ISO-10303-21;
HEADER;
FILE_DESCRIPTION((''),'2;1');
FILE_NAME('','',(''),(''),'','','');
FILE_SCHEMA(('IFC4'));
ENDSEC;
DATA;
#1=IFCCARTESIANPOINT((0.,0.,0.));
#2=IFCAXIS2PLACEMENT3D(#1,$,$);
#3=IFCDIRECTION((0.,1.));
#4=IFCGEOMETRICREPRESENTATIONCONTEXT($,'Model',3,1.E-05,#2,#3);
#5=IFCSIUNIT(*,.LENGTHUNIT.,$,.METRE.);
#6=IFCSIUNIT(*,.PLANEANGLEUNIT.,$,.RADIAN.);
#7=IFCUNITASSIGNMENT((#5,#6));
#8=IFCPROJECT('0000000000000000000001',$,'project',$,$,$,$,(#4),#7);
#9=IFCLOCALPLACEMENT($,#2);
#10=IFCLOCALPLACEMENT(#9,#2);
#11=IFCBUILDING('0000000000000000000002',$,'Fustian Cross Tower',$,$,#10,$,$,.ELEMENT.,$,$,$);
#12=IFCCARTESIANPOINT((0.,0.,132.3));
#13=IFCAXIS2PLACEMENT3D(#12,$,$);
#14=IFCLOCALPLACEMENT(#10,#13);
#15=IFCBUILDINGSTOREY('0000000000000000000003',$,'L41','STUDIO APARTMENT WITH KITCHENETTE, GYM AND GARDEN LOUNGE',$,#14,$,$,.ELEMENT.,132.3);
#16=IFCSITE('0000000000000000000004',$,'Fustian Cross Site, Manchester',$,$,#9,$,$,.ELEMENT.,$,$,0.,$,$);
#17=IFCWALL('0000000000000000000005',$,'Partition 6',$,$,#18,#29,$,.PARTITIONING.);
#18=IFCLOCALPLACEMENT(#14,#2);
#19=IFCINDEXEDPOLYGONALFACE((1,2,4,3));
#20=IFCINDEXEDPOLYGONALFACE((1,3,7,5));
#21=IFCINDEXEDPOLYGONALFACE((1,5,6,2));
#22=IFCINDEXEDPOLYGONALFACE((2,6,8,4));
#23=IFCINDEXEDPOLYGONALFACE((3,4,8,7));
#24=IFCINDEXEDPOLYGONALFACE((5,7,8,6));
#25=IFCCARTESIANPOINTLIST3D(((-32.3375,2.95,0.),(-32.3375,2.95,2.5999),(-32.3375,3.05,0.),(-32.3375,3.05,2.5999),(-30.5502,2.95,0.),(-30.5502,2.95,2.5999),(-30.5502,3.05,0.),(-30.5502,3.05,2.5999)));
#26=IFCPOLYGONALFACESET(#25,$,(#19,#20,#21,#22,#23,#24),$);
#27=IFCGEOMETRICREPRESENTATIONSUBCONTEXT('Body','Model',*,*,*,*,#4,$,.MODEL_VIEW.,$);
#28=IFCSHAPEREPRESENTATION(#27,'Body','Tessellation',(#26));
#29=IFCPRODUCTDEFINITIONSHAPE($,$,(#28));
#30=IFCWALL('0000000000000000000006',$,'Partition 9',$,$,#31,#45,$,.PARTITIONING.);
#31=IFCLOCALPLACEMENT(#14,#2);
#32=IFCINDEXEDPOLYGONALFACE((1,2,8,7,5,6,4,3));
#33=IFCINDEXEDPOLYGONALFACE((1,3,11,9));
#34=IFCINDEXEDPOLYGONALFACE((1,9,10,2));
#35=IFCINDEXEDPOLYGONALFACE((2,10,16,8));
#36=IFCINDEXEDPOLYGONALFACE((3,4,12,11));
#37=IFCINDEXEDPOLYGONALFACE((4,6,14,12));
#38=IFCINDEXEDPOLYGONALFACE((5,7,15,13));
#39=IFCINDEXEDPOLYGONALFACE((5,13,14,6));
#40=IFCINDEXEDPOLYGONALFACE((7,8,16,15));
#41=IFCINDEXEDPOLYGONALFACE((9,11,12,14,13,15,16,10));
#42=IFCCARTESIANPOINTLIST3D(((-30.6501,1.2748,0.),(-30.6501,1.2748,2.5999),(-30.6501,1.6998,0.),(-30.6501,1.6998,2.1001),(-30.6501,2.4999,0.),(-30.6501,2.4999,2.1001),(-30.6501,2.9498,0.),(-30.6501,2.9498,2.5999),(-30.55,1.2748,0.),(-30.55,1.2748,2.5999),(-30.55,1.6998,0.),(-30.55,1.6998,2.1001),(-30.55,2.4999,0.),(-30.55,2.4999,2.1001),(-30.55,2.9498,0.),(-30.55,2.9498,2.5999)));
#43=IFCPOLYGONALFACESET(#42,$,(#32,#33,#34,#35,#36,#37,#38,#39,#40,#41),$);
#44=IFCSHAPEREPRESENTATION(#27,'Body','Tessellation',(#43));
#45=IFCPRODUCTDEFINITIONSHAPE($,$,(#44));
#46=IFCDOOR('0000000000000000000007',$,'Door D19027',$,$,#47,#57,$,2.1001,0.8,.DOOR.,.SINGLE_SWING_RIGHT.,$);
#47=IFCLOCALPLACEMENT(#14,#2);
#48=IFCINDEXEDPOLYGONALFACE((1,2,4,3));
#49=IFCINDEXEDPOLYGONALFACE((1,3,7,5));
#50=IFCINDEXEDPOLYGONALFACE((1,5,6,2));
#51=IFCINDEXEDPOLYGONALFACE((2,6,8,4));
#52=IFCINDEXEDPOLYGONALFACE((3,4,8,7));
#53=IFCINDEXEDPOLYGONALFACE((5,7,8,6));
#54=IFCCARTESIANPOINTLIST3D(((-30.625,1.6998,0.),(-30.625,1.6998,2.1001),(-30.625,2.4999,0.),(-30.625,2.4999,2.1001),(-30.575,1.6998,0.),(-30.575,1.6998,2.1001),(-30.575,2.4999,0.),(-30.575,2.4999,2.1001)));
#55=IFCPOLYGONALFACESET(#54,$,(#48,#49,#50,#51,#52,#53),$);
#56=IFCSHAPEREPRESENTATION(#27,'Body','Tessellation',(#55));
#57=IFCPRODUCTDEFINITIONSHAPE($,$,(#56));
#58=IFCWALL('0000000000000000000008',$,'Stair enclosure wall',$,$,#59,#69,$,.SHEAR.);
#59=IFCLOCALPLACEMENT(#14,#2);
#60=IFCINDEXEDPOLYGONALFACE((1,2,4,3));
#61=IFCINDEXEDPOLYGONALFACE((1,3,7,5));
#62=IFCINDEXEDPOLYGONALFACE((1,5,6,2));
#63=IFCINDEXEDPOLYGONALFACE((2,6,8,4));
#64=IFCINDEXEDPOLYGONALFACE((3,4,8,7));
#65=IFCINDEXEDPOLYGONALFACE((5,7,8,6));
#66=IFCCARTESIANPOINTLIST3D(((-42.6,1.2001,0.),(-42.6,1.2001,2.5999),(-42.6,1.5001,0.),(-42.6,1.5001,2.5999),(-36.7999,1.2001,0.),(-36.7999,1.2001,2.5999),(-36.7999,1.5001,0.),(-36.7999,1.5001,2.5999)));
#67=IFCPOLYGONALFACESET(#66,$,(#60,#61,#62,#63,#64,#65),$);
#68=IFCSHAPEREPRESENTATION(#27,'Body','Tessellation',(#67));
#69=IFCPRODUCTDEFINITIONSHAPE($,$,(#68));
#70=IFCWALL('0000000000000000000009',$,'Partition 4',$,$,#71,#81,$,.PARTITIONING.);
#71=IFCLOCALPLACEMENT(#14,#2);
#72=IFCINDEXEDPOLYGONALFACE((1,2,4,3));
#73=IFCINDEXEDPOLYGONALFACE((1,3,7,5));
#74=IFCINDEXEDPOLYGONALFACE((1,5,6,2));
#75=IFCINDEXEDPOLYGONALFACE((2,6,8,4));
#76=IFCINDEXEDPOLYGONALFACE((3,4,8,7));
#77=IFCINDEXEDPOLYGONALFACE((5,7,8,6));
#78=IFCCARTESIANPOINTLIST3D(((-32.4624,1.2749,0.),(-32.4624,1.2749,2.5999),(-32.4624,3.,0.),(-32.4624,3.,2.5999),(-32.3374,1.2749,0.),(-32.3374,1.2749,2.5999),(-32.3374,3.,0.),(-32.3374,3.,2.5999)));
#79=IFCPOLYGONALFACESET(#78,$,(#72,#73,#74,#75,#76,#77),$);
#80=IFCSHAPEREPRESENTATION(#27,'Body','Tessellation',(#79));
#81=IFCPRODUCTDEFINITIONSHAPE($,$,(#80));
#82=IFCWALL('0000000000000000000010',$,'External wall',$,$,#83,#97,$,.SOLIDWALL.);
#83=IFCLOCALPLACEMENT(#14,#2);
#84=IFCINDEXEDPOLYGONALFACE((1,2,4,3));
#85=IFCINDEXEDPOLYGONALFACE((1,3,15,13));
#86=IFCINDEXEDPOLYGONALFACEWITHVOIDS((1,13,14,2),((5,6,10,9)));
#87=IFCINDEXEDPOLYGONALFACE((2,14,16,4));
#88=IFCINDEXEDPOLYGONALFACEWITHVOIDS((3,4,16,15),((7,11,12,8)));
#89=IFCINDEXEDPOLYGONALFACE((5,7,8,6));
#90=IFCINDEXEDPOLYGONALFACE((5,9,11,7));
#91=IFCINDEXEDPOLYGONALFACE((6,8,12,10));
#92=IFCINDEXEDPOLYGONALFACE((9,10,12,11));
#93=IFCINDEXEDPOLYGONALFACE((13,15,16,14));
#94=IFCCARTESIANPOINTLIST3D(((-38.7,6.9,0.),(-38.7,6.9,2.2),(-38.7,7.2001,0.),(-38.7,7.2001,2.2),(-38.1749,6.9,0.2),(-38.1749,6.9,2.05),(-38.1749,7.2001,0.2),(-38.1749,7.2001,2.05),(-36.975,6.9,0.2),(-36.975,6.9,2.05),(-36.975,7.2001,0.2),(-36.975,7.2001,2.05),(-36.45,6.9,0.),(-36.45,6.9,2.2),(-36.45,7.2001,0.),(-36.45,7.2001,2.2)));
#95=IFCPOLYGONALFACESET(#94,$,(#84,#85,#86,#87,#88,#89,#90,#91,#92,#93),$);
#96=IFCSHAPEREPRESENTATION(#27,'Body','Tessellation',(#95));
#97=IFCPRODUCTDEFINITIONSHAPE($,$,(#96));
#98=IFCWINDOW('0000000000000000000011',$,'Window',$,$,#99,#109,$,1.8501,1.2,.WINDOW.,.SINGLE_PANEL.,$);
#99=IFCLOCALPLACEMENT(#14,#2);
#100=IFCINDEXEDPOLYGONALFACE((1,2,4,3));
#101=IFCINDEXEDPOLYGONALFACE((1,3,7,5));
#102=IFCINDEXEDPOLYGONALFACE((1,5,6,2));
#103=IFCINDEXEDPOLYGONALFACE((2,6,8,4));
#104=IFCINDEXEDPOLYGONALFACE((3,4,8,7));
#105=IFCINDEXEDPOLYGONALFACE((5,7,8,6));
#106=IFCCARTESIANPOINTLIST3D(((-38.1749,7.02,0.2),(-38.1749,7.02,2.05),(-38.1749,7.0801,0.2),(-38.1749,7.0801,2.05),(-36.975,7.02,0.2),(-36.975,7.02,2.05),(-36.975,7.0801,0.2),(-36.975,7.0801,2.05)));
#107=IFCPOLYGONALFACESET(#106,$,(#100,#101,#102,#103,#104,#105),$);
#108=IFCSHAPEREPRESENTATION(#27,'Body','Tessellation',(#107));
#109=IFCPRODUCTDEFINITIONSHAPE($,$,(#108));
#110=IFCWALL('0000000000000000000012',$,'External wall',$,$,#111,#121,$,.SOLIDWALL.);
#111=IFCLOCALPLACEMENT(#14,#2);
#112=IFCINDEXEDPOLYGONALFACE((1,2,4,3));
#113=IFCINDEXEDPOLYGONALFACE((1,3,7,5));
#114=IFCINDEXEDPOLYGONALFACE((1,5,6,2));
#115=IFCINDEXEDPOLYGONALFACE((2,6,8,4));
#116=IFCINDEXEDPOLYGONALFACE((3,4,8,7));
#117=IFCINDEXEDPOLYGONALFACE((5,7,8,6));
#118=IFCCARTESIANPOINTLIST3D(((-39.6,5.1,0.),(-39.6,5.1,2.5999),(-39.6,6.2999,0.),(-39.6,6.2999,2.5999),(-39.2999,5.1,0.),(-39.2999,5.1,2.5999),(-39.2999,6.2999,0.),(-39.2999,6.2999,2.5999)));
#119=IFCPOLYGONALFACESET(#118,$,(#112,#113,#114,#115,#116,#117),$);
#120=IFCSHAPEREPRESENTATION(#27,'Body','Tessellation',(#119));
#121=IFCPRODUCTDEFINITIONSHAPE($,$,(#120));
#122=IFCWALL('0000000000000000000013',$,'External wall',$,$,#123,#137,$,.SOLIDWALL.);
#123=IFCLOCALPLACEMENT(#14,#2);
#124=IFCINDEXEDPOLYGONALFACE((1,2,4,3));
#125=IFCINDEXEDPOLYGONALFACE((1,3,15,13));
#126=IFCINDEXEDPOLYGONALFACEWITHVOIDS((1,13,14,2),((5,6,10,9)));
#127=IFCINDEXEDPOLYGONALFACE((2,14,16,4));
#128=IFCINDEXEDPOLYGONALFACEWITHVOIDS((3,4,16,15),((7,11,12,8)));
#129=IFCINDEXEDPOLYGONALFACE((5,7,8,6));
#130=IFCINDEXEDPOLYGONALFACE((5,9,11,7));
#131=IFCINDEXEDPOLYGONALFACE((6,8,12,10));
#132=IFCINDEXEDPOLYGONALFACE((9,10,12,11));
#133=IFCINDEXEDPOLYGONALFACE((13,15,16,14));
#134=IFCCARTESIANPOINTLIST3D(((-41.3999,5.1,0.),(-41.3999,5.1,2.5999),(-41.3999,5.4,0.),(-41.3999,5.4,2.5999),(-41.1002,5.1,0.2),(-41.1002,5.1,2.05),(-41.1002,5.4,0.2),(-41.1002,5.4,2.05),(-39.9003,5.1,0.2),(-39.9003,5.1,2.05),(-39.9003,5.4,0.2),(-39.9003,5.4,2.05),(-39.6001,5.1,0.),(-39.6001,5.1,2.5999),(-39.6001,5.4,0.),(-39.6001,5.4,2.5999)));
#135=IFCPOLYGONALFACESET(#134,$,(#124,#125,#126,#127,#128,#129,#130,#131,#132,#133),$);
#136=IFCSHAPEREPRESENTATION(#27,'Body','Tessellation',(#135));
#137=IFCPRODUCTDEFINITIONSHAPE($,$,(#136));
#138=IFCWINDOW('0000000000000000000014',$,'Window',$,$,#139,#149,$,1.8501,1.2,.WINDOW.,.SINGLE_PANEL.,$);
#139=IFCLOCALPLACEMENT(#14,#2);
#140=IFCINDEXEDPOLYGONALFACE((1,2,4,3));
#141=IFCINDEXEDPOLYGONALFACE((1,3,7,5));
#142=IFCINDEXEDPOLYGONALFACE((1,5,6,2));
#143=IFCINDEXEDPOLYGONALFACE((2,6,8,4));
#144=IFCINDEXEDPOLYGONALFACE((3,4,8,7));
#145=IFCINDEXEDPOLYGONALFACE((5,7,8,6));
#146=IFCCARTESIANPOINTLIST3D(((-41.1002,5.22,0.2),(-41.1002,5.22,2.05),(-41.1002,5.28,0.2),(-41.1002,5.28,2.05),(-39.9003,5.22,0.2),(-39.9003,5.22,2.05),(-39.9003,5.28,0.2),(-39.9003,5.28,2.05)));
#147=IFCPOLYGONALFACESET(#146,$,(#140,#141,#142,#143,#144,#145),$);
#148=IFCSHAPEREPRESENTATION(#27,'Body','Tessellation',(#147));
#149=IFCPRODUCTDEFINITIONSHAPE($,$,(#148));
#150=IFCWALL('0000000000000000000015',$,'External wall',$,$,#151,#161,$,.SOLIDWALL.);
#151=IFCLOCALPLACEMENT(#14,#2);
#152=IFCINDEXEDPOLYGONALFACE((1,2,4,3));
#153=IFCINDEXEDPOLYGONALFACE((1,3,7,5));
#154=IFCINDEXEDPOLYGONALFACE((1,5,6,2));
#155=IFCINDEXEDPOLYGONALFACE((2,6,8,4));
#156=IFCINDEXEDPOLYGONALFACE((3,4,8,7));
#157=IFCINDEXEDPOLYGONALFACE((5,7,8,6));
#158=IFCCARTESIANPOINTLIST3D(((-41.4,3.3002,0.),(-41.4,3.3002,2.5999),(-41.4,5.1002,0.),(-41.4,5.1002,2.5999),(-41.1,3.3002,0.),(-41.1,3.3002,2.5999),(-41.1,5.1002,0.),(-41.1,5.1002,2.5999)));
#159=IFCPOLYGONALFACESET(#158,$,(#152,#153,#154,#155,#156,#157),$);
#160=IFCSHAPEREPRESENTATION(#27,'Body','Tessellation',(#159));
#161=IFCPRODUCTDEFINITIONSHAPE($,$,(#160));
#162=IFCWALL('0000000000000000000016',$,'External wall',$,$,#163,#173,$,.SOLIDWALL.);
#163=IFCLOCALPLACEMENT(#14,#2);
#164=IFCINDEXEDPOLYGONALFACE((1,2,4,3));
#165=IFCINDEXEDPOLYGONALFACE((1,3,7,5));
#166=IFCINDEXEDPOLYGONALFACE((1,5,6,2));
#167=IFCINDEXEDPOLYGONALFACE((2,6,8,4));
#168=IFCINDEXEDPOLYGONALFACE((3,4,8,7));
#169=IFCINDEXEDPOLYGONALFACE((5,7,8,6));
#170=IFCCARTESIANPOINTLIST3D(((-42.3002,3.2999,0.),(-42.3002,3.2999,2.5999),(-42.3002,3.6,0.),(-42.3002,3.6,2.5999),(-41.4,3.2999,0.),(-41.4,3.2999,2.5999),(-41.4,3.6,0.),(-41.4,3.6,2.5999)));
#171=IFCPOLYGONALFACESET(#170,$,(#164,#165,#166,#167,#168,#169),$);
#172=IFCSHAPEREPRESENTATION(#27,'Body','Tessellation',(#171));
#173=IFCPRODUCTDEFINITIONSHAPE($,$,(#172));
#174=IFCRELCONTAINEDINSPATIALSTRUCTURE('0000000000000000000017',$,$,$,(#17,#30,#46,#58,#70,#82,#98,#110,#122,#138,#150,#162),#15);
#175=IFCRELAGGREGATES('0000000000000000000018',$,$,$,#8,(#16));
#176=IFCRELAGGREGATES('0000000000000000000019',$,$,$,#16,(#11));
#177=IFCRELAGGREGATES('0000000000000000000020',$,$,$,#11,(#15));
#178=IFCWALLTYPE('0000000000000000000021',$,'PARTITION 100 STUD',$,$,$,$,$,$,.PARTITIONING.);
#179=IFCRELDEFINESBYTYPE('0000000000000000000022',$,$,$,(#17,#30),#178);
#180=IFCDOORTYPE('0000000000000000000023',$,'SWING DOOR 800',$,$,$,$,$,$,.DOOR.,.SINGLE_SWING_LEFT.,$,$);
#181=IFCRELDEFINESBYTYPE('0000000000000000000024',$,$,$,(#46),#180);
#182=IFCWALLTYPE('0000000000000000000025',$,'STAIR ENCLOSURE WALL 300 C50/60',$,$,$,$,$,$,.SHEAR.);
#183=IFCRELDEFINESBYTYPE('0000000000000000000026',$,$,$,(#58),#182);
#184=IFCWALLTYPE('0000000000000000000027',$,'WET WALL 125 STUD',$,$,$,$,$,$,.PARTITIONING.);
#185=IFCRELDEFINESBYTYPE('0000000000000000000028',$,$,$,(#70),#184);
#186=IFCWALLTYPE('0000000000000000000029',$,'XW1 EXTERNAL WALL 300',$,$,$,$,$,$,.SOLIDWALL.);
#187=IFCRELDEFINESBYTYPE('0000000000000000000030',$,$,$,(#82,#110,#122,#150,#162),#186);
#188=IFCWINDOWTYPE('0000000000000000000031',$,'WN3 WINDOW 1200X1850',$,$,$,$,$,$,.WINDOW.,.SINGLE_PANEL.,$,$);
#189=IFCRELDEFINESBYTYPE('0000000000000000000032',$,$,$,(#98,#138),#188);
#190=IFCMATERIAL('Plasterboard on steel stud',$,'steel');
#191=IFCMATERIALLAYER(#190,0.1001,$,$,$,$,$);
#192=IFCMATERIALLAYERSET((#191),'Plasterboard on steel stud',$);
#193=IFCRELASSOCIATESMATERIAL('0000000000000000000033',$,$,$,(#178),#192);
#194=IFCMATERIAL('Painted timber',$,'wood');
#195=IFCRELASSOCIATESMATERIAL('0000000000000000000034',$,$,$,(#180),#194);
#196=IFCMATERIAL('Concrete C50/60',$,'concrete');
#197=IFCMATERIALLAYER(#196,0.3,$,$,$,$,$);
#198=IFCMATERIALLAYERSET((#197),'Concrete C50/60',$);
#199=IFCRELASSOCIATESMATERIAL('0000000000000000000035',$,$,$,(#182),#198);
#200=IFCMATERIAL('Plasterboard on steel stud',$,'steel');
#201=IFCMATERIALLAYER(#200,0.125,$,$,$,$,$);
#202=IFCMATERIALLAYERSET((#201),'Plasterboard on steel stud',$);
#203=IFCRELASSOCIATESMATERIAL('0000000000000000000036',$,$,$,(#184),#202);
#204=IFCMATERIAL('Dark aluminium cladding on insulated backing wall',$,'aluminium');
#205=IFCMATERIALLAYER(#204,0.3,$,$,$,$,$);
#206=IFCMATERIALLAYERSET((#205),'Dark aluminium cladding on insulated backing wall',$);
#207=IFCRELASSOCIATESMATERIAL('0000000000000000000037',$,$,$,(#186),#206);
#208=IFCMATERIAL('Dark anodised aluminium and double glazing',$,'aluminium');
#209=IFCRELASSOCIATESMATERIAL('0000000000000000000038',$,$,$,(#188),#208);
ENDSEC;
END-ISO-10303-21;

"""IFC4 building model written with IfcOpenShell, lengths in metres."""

from ifc_helpers import new_model, si_unit, direction, frame, frame_2d, origin, place, context, subcontext, project, spatial, rectangle, extrude, material, layer, layer_set, type_object, element, fill, save


model = new_model("IFC4")

# Units and contexts
model_context = context("Model", 3, precision=1e-05, world=origin(), true_north=direction((0.0, 1.0)))
body_context = subcontext(model_context, "Body", "Model", "MODEL_VIEW")
ifc_project = project(units=[si_unit("LENGTHUNIT", "METRE"), si_unit("PLANEANGLEUNIT", "RADIAN")], contexts=[model_context])

# Site, building, storey
site_placement = place(None, origin())
site = spatial("IfcSite", under=ifc_project, at=site_placement, Name="Fustian Cross Site, Manchester", CompositionType="ELEMENT", RefElevation=0.0)
building_placement = place(site_placement, origin())
building = spatial("IfcBuilding", under=site, at=building_placement, Name="Fustian Cross Tower", CompositionType="ELEMENT")
storey_placement = place(building_placement, frame((0.0, 0.0, 132.3)))
storey = spatial("IfcBuildingStorey", under=building, at=storey_placement, Name="L41", Description="STUDIO APARTMENT WITH KITCHENETTE, GYM AND GARDEN LOUNGE", CompositionType="ELEMENT", Elevation=132.3)

# Wall
ifc_material_1 = material(Name="Plasterboard on steel stud", Category="steel")
ifc_layer_1 = layer(ifc_material_1, 0.1001)
ifc_layer_set_1 = layer_set([ifc_layer_1], Name="Plasterboard on steel stud")
wall_type_1 = type_object("IfcWallType", Name="PARTITION 100 STUD", PredefinedType="PARTITIONING", material=ifc_layer_set_1)
wall_1_placement = place(storey_placement, frame((-32.3374, 3.0, 0.0), z_axis=(0.0, 0.0, 1.0), x_axis=(1.0, 0.0, 0.0)))
element("IfcWall", 1, at=wall_1_placement, inside=storey, type_object=wall_type_1, Name="Partition 6", PredefinedType="PARTITIONING", context=body_context, shape_type="SweptSolid", body=[
    extrude(rectangle(XDim=1.7874, YDim=0.1001, at=frame_2d((0.8936, 0.0))), origin(), (0.0, 0.0, 1.0), 2.5999),
])

# Wall, opening, door
wall_2_placement = place(storey_placement, frame((-30.6001, 1.2749, 0.0), z_axis=(0.0, 0.0, 1.0), x_axis=(0.0, 1.0, 0.0)))
wall_2 = element("IfcWall", 2, at=wall_2_placement, inside=storey, type_object=wall_type_1, Name="Partition 9", PredefinedType="PARTITIONING", context=body_context, shape_type="SweptSolid", body=[
    extrude(rectangle(XDim=1.675, YDim=0.1001, at=frame_2d((0.8374, 0.0))), origin(), (0.0, 0.0, 1.0), 2.5999),
])
opening_1_placement = place(wall_2_placement, frame((0.425, 0.0, 0.0)))
opening_1 = element("IfcOpeningElement", 3, at=opening_1_placement, cuts=wall_2, PredefinedType="OPENING", context=body_context, shape_type="SweptSolid", body=[
    extrude(rectangle(XDim=0.8, YDim=2.1001, at=frame_2d((0.3999, 1.05))), frame((0.0, 0.0601, 0.0), z_axis=(0.0, -1.0, 0.0), x_axis=(1.0, 0.0, 0.0)), (0.0, 0.0, 1.0), 0.1201),
])
ifc_material_2 = material(Name="Painted timber", Category="wood")
door_type_1 = type_object("IfcDoorType", Name="SWING DOOR 800", OperationType="SINGLE_SWING_LEFT", PredefinedType="DOOR", material=ifc_material_2)
door_1_placement = place(opening_1_placement, origin())
door_1 = element("IfcDoor", 4, at=door_1_placement, inside=storey, type_object=door_type_1, Name="Door D19027", OperationType="SINGLE_SWING_RIGHT", OverallHeight=2.1001, OverallWidth=0.8, PredefinedType="DOOR", context=body_context, shape_type="SweptSolid", body=[
    extrude(rectangle(XDim=0.8, YDim=2.1001, at=frame_2d((0.3999, 1.05))), frame((0.0, 0.0249, 0.0), z_axis=(0.0, -1.0, 0.0), x_axis=(1.0, 0.0, 0.0)), (0.0, 0.0, 1.0), 0.05),
])
fill(opening_1, door_1)

# Walls
ifc_material_3 = material(Name="Concrete C50/60", Category="concrete")
ifc_layer_2 = layer(ifc_material_3, 0.3)
ifc_layer_set_2 = layer_set([ifc_layer_2], Name="Concrete C50/60")
wall_type_2 = type_object("IfcWallType", Name="STAIR ENCLOSURE WALL 300 C50/60", PredefinedType="SHEAR", material=ifc_layer_set_2)
wall_3_placement = place(storey_placement, frame((-36.8, 1.3501, 0.0), z_axis=(0.0, 0.0, 1.0), x_axis=(-1.0, 0.0, 0.0)))
element("IfcWall", 5, at=wall_3_placement, inside=storey, type_object=wall_type_2, Name="Stair enclosure wall", PredefinedType="SHEAR", context=body_context, shape_type="SweptSolid", body=[
    extrude(rectangle(XDim=5.8, YDim=0.3, at=frame_2d((2.8999, 0.0))), origin(), (0.0, 0.0, 1.0), 2.5999),
])
ifc_material_4 = material(Name="Plasterboard on steel stud", Category="steel")
ifc_layer_3 = layer(ifc_material_4, 0.125)
ifc_layer_set_3 = layer_set([ifc_layer_3], Name="Plasterboard on steel stud")
wall_type_3 = type_object("IfcWallType", Name="WET WALL 125 STUD", PredefinedType="PARTITIONING", material=ifc_layer_set_3)
wall_4_placement = place(storey_placement, frame((-32.3999, 1.2749, 0.0), z_axis=(0.0, 0.0, 1.0), x_axis=(0.0, 1.0, 0.0)))
element("IfcWall", 6, at=wall_4_placement, inside=storey, type_object=wall_type_3, Name="Partition 4", PredefinedType="PARTITIONING", context=body_context, shape_type="SweptSolid", body=[
    extrude(rectangle(XDim=1.7251, YDim=0.125, at=frame_2d((0.8625, 0.0))), origin(), (0.0, 0.0, 1.0), 2.5999),
])

# Wall, opening, window
ifc_material_5 = material(Name="Dark aluminium cladding on insulated backing wall", Category="aluminium")
ifc_layer_4 = layer(ifc_material_5, 0.3)
ifc_layer_set_4 = layer_set([ifc_layer_4], Name="Dark aluminium cladding on insulated backing wall")
wall_type_4 = type_object("IfcWallType", Name="XW1 EXTERNAL WALL 300", PredefinedType="SOLIDWALL", material=ifc_layer_set_4)
wall_5_placement = place(storey_placement, frame((-36.45, 7.05, 0.0), z_axis=(0.0, 0.0, 1.0), x_axis=(-1.0, 0.0, 0.0)))
wall_5 = element("IfcWall", 7, at=wall_5_placement, inside=storey, type_object=wall_type_4, Name="External wall", PredefinedType="SOLIDWALL", context=body_context, shape_type="SweptSolid", body=[
    extrude(rectangle(XDim=2.25, YDim=0.3, at=frame_2d((1.125, 0.0))), origin(), (0.0, 0.0, 1.0), 2.2),
])
opening_2_placement = place(wall_5_placement, frame((0.5249, 0.0, 0.2)))
opening_2 = element("IfcOpeningElement", 8, at=opening_2_placement, cuts=wall_5, PredefinedType="OPENING", context=body_context, shape_type="SweptSolid", body=[
    extrude(rectangle(XDim=1.2, YDim=1.8501, at=frame_2d((0.6001, 0.925))), frame((0.0, 0.1599, 0.0), z_axis=(0.0, -1.0, 0.0), x_axis=(1.0, 0.0, 0.0)), (0.0, 0.0, 1.0), 0.3201),
])
ifc_material_6 = material(Name="Dark anodised aluminium and double glazing", Category="aluminium")
window_type_1 = type_object("IfcWindowType", Name="WN3 WINDOW 1200X1850", PartitioningType="SINGLE_PANEL", PredefinedType="WINDOW", material=ifc_material_6)
window_1_placement = place(opening_2_placement, origin())
window_1 = element("IfcWindow", 9, at=window_1_placement, inside=storey, type_object=window_type_1, Name="Window", OverallHeight=1.8501, OverallWidth=1.2, PartitioningType="SINGLE_PANEL", PredefinedType="WINDOW", context=body_context, shape_type="SweptSolid", body=[
    extrude(rectangle(XDim=1.2, YDim=1.8501, at=frame_2d((0.6001, 0.925))), frame((0.0, 0.03, 0.0), z_axis=(0.0, -1.0, 0.0), x_axis=(1.0, 0.0, 0.0)), (0.0, 0.0, 1.0), 0.0601),
])
fill(opening_2, window_1)

# Wall
wall_6_placement = place(storey_placement, frame((-39.45, 6.3, 0.0), z_axis=(0.0, 0.0, 1.0), x_axis=(0.0, -1.0, 0.0)))
element("IfcWall", 10, at=wall_6_placement, inside=storey, type_object=wall_type_4, Name="External wall", PredefinedType="SOLIDWALL", context=body_context, shape_type="SweptSolid", body=[
    extrude(rectangle(XDim=1.2, YDim=0.3, at=frame_2d((0.6001, 0.0))), origin(), (0.0, 0.0, 1.0), 2.5999),
])

# Wall, opening, window
wall_7_placement = place(storey_placement, frame((-39.6001, 5.25, 0.0), z_axis=(0.0, 0.0, 1.0), x_axis=(-1.0, 0.0, 0.0)))
wall_7 = element("IfcWall", 11, at=wall_7_placement, inside=storey, type_object=wall_type_4, Name="External wall", PredefinedType="SOLIDWALL", context=body_context, shape_type="SweptSolid", body=[
    extrude(rectangle(XDim=1.7998, YDim=0.3, at=frame_2d((0.8999, 0.0))), origin(), (0.0, 0.0, 1.0), 2.5999),
])
opening_3_placement = place(wall_7_placement, frame((0.3, 0.0, 0.2)))
opening_3 = element("IfcOpeningElement", 12, at=opening_3_placement, cuts=wall_7, PredefinedType="OPENING", context=body_context, shape_type="SweptSolid", body=[
    extrude(rectangle(XDim=1.2, YDim=1.8501, at=frame_2d((0.6001, 0.925))), frame((0.0, 0.1599, 0.0), z_axis=(0.0, -1.0, 0.0), x_axis=(1.0, 0.0, 0.0)), (0.0, 0.0, 1.0), 0.3201),
])
window_2_placement = place(opening_3_placement, origin())
window_2 = element("IfcWindow", 13, at=window_2_placement, inside=storey, type_object=window_type_1, Name="Window", OverallHeight=1.8501, OverallWidth=1.2, PartitioningType="SINGLE_PANEL", PredefinedType="WINDOW", context=body_context, shape_type="SweptSolid", body=[
    extrude(rectangle(XDim=1.2, YDim=1.8501, at=frame_2d((0.6001, 0.925))), frame((0.0, 0.03, 0.0), z_axis=(0.0, -1.0, 0.0), x_axis=(1.0, 0.0, 0.0)), (0.0, 0.0, 1.0), 0.0601),
])
fill(opening_3, window_2)

# Walls
wall_8_placement = place(storey_placement, frame((-41.25, 5.1001, 0.0), z_axis=(0.0, 0.0, 1.0), x_axis=(0.0, -1.0, 0.0)))
element("IfcWall", 14, at=wall_8_placement, inside=storey, type_object=wall_type_4, Name="External wall", PredefinedType="SOLIDWALL", context=body_context, shape_type="SweptSolid", body=[
    extrude(rectangle(XDim=1.8, YDim=0.3, at=frame_2d((0.8999, 0.0))), origin(), (0.0, 0.0, 1.0), 2.5999),
])
wall_9_placement = place(storey_placement, frame((-41.3999, 3.45, 0.0), z_axis=(0.0, 0.0, 1.0), x_axis=(-1.0, 0.0, 0.0)))
element("IfcWall", 15, at=wall_9_placement, inside=storey, type_object=wall_type_4, Name="External wall", PredefinedType="SOLIDWALL", context=body_context, shape_type="SweptSolid", body=[
    extrude(rectangle(XDim=0.9001, YDim=0.3, at=frame_2d((0.4502, 0.0))), origin(), (0.0, 0.0, 1.0), 2.5999),
])

save(model, "model.ifc")
